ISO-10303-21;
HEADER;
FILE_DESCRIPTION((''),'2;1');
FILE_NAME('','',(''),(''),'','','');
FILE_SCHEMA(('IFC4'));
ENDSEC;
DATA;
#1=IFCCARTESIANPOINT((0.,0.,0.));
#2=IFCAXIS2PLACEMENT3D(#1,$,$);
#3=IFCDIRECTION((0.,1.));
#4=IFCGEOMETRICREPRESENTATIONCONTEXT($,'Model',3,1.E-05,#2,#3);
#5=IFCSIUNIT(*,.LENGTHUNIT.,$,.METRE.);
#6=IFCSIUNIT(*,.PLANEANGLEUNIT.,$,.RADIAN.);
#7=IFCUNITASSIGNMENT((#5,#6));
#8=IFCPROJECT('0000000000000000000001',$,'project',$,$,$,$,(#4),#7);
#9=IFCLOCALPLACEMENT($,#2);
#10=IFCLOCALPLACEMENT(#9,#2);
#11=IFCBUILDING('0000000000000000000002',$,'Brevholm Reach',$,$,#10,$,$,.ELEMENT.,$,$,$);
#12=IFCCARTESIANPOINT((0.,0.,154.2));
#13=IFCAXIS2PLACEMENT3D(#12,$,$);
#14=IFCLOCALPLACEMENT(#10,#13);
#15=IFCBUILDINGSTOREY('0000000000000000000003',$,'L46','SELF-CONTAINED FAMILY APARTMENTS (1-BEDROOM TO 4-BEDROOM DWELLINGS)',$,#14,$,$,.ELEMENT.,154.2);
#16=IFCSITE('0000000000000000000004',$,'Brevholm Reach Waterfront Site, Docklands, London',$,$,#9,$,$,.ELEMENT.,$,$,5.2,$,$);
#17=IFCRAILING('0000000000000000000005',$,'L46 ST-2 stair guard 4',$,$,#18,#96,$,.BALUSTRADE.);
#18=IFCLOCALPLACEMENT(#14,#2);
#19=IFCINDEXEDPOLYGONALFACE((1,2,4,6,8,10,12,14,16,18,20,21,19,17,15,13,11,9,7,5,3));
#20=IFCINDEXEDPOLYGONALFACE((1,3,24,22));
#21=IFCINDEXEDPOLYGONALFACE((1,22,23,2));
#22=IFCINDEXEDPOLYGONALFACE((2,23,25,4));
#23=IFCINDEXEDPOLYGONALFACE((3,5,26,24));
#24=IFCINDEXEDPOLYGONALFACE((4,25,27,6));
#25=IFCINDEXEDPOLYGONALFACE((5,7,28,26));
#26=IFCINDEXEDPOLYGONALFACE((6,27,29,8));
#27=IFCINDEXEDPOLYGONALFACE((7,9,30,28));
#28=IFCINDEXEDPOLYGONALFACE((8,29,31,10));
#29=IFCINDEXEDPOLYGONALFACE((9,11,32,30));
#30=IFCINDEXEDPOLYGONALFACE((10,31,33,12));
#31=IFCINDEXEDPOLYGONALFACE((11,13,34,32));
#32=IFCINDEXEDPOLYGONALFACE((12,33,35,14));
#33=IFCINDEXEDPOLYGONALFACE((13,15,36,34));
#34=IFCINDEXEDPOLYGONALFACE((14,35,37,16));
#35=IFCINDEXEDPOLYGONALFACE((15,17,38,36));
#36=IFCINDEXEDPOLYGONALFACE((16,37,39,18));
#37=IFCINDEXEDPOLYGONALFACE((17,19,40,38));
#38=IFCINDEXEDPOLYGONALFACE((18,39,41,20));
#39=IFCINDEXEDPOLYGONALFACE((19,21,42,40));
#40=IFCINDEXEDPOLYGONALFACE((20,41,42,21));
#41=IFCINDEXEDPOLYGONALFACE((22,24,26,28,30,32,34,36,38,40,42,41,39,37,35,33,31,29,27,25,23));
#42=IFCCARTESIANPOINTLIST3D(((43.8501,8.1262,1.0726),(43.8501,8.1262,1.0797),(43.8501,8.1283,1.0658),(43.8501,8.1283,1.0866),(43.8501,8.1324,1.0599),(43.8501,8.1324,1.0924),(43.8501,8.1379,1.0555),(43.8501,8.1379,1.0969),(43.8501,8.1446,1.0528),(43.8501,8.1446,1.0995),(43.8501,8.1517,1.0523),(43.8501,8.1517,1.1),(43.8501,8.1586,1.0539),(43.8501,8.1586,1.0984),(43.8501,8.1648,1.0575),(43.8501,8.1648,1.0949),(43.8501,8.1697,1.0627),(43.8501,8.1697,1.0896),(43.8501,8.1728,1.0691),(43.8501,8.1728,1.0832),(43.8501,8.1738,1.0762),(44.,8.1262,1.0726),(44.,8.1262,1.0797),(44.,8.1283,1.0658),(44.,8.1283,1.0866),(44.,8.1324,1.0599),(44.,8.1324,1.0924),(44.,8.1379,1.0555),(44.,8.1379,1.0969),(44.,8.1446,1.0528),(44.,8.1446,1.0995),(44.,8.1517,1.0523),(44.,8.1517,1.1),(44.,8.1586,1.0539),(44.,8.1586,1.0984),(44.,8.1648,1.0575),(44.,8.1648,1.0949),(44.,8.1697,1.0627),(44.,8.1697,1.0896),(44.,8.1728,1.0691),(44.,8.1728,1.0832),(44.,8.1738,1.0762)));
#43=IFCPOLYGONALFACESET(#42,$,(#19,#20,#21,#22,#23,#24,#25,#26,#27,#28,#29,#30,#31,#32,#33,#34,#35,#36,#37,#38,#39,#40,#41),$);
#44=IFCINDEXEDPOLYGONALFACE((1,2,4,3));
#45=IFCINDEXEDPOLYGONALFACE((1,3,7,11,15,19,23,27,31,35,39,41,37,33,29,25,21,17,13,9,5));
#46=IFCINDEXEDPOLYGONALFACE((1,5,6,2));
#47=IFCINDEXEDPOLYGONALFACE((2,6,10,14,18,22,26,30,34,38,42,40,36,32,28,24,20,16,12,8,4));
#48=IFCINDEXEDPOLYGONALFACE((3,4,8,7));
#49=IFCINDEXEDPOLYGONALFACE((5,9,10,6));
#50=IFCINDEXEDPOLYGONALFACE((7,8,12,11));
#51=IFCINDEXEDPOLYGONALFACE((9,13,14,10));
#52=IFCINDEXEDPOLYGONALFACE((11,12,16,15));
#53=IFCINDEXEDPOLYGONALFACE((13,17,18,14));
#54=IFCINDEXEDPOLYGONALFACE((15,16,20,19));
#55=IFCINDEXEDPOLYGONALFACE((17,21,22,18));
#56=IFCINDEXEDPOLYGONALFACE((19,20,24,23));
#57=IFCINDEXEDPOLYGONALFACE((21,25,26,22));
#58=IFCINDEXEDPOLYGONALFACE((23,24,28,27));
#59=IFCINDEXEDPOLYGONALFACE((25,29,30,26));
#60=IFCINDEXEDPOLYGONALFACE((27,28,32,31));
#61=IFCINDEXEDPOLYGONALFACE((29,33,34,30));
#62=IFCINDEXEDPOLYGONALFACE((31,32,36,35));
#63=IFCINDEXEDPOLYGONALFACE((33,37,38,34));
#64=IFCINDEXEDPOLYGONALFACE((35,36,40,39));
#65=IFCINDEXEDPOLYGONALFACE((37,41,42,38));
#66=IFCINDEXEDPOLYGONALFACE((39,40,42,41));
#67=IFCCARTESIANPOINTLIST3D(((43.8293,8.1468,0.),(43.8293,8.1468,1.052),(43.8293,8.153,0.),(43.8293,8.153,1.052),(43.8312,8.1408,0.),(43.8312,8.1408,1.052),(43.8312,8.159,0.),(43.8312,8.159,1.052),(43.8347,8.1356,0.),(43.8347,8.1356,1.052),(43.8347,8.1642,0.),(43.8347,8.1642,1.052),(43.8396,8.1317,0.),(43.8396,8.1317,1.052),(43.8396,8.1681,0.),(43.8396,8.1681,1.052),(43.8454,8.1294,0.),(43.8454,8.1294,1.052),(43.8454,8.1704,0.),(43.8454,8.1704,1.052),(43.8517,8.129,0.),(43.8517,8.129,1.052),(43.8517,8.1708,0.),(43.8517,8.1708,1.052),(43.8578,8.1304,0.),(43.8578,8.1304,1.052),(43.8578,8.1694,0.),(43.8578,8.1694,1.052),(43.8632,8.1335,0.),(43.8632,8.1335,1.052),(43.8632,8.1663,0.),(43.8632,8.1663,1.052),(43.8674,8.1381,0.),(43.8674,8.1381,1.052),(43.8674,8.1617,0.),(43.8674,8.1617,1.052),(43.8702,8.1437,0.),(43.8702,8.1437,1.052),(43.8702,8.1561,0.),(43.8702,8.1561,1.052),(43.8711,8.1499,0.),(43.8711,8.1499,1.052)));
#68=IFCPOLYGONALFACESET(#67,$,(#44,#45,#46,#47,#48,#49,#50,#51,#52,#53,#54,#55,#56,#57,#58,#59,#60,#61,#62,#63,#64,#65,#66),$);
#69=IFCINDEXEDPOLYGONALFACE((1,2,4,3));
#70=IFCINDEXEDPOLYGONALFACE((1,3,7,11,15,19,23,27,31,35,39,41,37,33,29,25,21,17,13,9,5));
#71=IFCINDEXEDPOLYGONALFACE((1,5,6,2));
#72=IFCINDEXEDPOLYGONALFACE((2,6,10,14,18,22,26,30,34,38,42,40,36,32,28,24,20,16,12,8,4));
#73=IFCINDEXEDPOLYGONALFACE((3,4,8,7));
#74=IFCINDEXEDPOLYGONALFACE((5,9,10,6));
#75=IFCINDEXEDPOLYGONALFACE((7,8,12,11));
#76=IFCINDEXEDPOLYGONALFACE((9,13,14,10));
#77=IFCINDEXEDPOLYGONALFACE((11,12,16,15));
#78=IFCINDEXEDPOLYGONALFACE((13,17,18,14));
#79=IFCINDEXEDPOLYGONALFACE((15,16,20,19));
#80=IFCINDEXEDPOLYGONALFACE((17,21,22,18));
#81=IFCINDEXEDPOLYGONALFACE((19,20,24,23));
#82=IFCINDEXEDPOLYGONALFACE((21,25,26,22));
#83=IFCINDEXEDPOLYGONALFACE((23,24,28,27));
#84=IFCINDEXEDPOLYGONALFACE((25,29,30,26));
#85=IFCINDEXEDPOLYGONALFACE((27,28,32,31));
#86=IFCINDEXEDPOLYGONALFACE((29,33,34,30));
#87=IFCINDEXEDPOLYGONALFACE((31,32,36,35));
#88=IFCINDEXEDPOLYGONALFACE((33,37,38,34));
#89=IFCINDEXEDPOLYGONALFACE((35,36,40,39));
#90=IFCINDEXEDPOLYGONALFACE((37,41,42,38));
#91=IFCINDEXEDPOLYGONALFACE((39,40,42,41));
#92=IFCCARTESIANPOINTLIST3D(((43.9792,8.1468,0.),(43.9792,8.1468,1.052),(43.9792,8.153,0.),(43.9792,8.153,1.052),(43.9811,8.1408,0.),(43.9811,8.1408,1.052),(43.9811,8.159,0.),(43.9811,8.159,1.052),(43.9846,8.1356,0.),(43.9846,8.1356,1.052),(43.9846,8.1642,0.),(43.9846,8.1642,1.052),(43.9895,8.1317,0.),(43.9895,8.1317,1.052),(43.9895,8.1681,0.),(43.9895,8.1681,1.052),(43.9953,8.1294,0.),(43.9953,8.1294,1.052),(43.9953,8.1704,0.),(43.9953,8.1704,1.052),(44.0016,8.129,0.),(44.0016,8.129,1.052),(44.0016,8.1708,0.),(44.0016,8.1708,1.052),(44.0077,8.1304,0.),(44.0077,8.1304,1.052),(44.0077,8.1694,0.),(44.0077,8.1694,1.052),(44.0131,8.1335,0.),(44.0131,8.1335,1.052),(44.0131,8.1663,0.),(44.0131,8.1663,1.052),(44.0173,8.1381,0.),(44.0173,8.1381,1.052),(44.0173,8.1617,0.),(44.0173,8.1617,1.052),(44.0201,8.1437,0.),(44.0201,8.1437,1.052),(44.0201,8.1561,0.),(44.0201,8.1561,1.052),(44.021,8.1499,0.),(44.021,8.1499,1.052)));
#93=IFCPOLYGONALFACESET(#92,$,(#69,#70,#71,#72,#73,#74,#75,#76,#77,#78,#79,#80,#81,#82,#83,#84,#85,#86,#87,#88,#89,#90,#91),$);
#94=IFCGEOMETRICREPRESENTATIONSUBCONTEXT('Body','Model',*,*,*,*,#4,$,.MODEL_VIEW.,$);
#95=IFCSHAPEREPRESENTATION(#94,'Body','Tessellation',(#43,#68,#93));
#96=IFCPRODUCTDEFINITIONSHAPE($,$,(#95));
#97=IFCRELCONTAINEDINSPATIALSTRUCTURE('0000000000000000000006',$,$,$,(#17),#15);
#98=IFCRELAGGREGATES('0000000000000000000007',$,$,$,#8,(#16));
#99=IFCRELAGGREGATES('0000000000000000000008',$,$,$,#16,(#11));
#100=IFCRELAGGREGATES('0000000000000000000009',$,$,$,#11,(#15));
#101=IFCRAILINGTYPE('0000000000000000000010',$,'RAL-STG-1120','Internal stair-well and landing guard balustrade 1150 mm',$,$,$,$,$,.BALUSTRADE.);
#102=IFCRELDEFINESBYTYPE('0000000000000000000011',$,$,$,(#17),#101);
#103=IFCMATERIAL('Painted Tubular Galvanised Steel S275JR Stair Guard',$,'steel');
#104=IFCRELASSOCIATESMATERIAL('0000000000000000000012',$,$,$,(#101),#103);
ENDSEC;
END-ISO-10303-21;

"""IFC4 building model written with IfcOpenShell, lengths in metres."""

from ifc_helpers import new_model, si_unit, direction, frame, origin, origin_2d, place, context, subcontext, project, spatial, circle, extrude, material, type_object, element, save


model = new_model("IFC4")

# Units and contexts
model_context = context("Model", 3, precision=1e-05, world=origin(), true_north=direction((0.0, 1.0)))
body_context = subcontext(model_context, "Body", "Model", "MODEL_VIEW")
ifc_project = project(units=[si_unit("LENGTHUNIT", "METRE"), si_unit("PLANEANGLEUNIT", "RADIAN")], contexts=[model_context])

# Site, building, storey
site_placement = place(None, origin())
site = spatial("IfcSite", under=ifc_project, at=site_placement, Name="Brevholm Reach Waterfront Site, Docklands, London", CompositionType="ELEMENT", RefElevation=5.2)
building_placement = place(site_placement, origin())
building = spatial("IfcBuilding", under=site, at=building_placement, Name="Brevholm Reach", CompositionType="ELEMENT")
storey_placement = place(building_placement, frame((0.0, 0.0, 154.2)))
storey = spatial("IfcBuildingStorey", under=building, at=storey_placement, Name="L46", Description="SELF-CONTAINED FAMILY APARTMENTS (1-BEDROOM TO 4-BEDROOM DWELLINGS)", CompositionType="ELEMENT", Elevation=154.2)

# Railing
ifc_material_1 = material(Name="Painted Tubular Galvanised Steel S275JR Stair Guard", Category="steel")
railing_type_1 = type_object("IfcRailingType", Name="RAL-STG-1120", Description="Internal stair-well and landing guard balustrade 1150 mm", PredefinedType="BALUSTRADE", material=ifc_material_1)
railing_1_placement = place(storey_placement, frame((43.8501, 8.1499, 0.0)))
element("IfcRailing", 1, at=railing_1_placement, inside=storey, type_object=railing_type_1, Name="L46 ST-2 stair guard 4", PredefinedType="BALUSTRADE", context=body_context, shape_type="SweptSolid", body=[
    extrude(circle(Radius=0.0239, at=origin_2d()), frame((0.0, 0.0, 1.0762), z_axis=(1.0, 0.0, 0.0), x_axis=(0.0, 1.0, 0.0)), (0.0, 0.0, 1.0), 0.1499),
    extrude(circle(Radius=0.021, at=origin_2d()), origin(), (0.0, 0.0, 1.0), 1.052),
    extrude(circle(Radius=0.021, at=origin_2d()), frame((0.1499, 0.0, 0.0)), (0.0, 0.0, 1.0), 1.052),
])

save(model, "model.ifc")
